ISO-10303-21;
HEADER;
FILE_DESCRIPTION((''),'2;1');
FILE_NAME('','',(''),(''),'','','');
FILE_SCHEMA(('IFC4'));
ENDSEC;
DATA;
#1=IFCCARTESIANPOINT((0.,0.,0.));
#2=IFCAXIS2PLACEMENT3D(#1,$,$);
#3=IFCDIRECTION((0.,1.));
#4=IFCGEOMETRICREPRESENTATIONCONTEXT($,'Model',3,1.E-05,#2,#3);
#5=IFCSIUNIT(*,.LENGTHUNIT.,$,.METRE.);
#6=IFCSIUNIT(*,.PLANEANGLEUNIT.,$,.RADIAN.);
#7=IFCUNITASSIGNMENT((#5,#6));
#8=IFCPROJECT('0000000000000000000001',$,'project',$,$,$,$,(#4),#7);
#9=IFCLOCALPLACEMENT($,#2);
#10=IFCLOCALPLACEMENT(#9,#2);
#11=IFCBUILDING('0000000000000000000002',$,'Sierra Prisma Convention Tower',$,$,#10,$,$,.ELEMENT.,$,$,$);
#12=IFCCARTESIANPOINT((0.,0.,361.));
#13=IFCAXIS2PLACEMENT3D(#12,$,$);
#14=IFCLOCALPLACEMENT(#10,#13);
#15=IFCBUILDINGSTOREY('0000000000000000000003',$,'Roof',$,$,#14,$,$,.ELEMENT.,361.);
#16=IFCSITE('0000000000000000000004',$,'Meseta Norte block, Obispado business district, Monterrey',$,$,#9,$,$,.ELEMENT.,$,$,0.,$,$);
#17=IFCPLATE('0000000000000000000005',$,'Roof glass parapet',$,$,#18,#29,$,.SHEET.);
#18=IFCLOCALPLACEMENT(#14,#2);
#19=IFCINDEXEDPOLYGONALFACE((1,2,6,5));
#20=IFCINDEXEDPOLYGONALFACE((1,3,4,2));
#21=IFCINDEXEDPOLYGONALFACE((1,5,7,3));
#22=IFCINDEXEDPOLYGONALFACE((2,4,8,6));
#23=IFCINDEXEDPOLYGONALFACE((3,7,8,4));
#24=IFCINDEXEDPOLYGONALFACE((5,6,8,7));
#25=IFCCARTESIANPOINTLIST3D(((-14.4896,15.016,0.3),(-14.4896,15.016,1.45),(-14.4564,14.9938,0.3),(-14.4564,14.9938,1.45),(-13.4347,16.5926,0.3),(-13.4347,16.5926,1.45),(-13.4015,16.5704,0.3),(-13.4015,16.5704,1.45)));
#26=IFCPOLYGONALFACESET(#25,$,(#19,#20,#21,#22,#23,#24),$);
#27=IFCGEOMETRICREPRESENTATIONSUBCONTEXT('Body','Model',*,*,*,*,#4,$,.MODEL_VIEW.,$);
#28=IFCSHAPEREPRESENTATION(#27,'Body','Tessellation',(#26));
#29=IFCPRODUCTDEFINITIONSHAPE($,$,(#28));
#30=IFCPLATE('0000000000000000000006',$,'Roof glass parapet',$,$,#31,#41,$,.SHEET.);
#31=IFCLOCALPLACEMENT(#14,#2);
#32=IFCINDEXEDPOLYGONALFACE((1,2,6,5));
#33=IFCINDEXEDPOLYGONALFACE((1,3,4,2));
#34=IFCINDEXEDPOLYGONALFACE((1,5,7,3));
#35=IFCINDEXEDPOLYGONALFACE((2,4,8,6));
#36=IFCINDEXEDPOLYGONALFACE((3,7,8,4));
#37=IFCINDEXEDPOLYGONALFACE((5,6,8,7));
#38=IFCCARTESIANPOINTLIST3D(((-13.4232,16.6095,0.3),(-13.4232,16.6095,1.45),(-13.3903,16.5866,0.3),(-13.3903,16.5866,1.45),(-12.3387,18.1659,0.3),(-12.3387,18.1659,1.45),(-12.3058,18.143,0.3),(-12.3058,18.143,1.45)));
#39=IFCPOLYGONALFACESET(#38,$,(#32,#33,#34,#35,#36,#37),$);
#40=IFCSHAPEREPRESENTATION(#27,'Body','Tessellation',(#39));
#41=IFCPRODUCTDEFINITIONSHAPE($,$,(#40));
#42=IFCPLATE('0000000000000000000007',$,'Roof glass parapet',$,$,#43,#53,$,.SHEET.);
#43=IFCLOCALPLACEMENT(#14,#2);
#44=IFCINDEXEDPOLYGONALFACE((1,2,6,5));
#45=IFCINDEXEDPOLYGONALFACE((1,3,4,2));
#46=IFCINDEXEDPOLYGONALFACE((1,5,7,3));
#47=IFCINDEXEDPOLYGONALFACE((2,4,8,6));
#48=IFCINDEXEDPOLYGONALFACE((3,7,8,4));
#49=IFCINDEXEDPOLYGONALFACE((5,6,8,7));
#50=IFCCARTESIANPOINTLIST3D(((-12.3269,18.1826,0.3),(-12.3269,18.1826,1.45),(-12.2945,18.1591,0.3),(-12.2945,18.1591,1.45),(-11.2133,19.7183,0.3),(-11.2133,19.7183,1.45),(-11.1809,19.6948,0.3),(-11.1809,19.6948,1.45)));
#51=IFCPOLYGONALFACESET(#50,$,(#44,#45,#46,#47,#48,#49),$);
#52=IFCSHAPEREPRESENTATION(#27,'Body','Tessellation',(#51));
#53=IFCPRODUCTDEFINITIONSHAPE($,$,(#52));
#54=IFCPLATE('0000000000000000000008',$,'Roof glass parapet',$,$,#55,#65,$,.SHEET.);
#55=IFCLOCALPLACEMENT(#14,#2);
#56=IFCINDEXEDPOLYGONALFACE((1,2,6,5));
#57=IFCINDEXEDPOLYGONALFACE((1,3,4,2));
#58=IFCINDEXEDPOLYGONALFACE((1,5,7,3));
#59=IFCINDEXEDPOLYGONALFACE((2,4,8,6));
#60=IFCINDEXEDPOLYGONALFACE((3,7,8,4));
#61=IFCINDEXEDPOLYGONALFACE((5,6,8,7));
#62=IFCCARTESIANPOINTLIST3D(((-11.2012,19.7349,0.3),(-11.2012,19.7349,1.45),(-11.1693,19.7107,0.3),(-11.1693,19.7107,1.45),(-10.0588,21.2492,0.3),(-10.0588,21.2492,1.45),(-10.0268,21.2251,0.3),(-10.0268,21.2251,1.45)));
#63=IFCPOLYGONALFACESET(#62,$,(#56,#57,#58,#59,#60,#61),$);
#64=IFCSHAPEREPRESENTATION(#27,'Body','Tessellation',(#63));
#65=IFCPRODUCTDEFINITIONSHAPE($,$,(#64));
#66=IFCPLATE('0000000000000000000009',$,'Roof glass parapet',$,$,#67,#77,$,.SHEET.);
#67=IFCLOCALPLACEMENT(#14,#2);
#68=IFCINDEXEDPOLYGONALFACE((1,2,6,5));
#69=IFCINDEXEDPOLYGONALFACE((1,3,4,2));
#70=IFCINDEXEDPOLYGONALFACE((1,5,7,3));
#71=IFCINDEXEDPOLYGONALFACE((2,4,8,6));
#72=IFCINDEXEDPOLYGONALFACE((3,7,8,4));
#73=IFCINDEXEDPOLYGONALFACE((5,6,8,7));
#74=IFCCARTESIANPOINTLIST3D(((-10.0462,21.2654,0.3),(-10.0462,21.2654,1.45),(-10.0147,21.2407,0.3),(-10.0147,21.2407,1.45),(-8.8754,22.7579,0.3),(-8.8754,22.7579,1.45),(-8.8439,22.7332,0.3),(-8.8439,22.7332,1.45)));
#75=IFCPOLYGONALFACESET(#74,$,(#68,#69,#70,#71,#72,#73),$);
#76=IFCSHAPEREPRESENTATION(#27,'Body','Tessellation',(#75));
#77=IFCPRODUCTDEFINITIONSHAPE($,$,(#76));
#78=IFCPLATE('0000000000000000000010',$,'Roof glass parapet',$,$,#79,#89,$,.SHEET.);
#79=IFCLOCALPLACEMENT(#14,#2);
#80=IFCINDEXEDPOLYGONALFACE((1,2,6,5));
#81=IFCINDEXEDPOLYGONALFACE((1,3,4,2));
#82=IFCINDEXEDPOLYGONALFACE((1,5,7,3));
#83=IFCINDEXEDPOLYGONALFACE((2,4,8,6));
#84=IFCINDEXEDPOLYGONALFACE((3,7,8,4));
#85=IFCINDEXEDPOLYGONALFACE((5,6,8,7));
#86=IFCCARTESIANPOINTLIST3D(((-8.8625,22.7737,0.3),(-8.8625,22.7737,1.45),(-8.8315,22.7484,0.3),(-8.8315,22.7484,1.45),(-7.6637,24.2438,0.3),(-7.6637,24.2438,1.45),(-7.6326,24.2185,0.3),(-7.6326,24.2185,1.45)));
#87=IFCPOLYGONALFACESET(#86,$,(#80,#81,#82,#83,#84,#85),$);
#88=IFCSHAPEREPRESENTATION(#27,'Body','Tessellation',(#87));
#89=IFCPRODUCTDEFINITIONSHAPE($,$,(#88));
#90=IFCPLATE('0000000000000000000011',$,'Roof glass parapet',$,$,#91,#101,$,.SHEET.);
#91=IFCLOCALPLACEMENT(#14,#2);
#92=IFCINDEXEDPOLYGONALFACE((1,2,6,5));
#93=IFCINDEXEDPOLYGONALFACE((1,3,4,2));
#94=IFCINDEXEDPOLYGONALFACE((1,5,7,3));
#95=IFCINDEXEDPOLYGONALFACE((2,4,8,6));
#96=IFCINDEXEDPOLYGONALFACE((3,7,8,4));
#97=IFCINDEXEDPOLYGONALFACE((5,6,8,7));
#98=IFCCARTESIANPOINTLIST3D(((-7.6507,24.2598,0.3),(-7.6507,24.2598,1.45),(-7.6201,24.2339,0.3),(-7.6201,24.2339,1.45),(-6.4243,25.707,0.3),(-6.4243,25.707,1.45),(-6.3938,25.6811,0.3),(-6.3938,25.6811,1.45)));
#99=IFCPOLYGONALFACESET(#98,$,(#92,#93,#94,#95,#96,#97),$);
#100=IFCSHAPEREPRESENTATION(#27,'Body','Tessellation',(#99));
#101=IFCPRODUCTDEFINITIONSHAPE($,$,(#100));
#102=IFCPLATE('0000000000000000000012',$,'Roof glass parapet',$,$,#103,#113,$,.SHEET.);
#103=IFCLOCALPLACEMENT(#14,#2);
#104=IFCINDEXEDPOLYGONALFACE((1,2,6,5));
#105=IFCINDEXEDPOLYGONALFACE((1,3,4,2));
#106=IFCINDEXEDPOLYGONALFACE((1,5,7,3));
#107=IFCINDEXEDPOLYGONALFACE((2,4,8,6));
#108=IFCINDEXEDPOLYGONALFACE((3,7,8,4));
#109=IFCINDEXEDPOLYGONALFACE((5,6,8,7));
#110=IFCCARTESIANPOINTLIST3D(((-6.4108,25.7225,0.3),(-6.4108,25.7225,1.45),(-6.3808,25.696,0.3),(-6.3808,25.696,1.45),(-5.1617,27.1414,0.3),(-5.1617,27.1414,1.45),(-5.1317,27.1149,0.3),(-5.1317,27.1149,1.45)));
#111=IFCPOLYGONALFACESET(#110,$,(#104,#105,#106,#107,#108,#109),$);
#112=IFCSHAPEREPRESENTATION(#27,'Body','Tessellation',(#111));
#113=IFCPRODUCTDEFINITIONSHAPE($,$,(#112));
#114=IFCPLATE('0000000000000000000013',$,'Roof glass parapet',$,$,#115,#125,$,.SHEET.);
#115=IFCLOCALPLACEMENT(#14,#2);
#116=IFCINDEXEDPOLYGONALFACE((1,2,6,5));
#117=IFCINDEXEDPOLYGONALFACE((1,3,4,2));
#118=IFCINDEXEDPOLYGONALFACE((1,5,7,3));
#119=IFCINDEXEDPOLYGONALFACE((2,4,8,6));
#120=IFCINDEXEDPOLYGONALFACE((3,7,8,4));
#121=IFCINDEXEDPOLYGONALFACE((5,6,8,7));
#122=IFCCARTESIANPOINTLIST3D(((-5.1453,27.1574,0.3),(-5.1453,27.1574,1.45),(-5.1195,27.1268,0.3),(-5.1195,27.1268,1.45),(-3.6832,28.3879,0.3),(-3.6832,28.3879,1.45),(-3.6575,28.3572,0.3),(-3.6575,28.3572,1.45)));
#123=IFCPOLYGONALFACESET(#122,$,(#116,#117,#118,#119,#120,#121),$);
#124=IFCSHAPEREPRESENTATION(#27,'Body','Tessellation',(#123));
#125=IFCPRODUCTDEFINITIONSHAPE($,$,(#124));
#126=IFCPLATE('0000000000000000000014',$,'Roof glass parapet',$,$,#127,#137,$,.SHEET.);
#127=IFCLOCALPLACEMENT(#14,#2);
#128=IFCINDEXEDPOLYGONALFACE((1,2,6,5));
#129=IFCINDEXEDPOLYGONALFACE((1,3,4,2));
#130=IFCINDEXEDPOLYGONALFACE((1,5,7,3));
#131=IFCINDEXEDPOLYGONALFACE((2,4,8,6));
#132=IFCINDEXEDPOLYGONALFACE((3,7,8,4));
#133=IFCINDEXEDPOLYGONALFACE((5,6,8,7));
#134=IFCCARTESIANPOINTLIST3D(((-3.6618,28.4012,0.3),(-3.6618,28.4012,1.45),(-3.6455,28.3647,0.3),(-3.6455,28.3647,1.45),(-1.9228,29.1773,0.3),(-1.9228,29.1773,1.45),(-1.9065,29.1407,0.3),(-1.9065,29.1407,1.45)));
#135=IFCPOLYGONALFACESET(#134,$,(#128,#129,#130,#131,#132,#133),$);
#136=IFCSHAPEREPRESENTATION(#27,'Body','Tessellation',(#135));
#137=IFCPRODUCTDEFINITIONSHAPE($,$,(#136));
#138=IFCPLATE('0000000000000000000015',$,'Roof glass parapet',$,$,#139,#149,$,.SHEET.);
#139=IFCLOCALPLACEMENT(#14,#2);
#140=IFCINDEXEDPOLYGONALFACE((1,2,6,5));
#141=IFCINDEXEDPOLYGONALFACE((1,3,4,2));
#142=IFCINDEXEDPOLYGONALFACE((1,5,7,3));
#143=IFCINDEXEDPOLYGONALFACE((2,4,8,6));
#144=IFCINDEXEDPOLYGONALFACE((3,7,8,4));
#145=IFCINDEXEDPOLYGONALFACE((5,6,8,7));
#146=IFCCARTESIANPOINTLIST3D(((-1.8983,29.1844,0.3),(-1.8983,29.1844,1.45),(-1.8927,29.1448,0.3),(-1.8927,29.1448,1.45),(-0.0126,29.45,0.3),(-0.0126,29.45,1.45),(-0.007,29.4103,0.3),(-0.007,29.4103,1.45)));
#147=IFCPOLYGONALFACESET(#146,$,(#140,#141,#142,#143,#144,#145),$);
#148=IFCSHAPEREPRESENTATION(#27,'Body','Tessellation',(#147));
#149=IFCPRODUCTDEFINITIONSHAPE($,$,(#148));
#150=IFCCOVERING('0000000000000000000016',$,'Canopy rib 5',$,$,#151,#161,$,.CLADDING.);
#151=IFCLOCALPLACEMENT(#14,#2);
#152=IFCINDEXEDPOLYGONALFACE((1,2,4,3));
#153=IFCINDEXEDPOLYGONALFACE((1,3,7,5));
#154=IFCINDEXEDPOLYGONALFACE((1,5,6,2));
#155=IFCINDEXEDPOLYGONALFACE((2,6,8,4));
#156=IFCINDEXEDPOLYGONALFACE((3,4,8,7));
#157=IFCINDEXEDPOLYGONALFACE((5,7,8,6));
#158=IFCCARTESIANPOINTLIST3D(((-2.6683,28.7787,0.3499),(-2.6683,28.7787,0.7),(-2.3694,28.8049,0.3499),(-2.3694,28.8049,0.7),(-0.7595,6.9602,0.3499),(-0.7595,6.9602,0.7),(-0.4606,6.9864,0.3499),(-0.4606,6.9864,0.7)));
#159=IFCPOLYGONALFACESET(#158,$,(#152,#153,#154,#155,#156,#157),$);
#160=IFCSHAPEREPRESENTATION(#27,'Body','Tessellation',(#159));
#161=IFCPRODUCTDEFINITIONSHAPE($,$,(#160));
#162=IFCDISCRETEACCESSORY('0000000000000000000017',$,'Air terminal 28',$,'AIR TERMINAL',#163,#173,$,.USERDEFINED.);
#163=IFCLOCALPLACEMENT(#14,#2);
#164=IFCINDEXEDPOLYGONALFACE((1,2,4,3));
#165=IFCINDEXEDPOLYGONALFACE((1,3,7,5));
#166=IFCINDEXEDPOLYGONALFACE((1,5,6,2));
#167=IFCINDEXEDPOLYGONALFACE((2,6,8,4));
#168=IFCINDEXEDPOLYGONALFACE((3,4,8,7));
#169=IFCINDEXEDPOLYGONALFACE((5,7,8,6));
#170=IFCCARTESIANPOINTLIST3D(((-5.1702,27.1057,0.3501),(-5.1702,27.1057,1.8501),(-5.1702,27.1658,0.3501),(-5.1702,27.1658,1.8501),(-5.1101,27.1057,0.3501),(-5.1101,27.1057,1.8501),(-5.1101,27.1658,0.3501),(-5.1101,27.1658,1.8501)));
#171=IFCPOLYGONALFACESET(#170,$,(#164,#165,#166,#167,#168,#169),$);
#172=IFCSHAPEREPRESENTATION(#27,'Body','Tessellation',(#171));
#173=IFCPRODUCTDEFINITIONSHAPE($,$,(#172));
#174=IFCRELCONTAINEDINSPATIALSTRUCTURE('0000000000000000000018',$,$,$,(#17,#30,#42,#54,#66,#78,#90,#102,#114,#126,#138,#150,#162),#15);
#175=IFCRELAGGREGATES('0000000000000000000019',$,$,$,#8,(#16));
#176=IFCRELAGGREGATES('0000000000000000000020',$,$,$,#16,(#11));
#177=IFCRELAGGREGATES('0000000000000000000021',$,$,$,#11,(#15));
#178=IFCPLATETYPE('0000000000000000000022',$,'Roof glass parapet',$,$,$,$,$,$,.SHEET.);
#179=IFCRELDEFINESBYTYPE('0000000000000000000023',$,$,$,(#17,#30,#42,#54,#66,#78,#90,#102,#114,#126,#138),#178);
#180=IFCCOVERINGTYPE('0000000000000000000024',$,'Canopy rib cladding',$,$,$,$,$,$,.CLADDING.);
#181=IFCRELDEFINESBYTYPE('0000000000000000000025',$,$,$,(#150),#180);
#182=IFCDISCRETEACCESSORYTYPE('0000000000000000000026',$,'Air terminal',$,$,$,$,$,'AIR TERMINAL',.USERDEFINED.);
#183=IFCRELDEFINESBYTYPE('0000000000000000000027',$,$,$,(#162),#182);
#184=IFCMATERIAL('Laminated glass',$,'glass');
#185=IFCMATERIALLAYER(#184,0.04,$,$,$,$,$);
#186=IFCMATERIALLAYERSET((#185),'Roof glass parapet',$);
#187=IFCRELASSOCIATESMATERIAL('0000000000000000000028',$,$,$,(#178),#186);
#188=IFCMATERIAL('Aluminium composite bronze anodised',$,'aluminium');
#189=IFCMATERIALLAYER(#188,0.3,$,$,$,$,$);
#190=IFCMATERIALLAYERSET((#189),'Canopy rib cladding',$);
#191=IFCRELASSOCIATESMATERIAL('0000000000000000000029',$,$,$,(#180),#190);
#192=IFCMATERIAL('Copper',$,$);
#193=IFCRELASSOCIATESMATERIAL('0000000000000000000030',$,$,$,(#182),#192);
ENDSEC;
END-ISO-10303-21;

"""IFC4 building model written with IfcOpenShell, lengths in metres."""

from ifc_helpers import new_model, si_unit, direction, frame, origin, origin_2d, place, context, subcontext, project, spatial, rectangle, extrude, material, layer, layer_set, type_object, element, save


model = new_model("IFC4")

# Units and contexts
model_context = context("Model", 3, precision=1e-05, world=origin(), true_north=direction((0.0, 1.0)))
body_context = subcontext(model_context, "Body", "Model", "MODEL_VIEW")
ifc_project = project(units=[si_unit("LENGTHUNIT", "METRE"), si_unit("PLANEANGLEUNIT", "RADIAN")], contexts=[model_context])

# Site, building, storey
site_placement = place(None, origin())
site = spatial("IfcSite", under=ifc_project, at=site_placement, Name="Meseta Norte block, Obispado business district, Monterrey", CompositionType="ELEMENT", RefElevation=0.0)
building_placement = place(site_placement, origin())
building = spatial("IfcBuilding", under=site, at=building_placement, Name="Sierra Prisma Convention Tower", CompositionType="ELEMENT")
storey_placement = place(building_placement, frame((0.0, 0.0, 361.0)))
storey = spatial("IfcBuildingStorey", under=building, at=storey_placement, Name="Roof", CompositionType="ELEMENT", Elevation=361.0)

# Plates
ifc_material_1 = material(Name="Laminated glass", Category="glass")
ifc_layer_1 = layer(ifc_material_1, 0.04)
ifc_layer_set_1 = layer_set([ifc_layer_1], Name="Roof glass parapet")
plate_type = type_object("IfcPlateType", Name="Roof glass parapet", PredefinedType="SHEET", material=ifc_layer_set_1)
for number, where, z_axis, x_axis, name in (
    (1, (-13.9456, 15.7932, 0.3), (0.0, 0.0, 1.0), (0.556097, 0.831117, 0.0), "Roof glass parapet"),
    (2, (-12.8645, 17.3762, 0.3), (0.0, 0.0, 1.0), (0.571689, 0.82047, 0.0), "Roof glass parapet"),
    (3, (-11.7539, 18.9387, 0.3), (0.0, 0.0, 1.0), (0.587079, 0.80953, 0.0), "Roof glass parapet"),
    (4, (-10.614, 20.48, 0.3), (0.0, 0.0, 1.0), (0.602258, 0.798301, 0.0), "Roof glass parapet"),
    (5, (-9.4451, 21.9993, 0.3), (0.0, 0.0, 1.0), (0.617223, 0.786789, 0.0), "Roof glass parapet"),
    (6, (-8.2476, 23.4961, 0.3), (0.0, 0.0, 1.0), (0.631967, 0.774995, 0.0), "Roof glass parapet"),
    (7, (-7.0222, 24.9705, 0.3), (0.0, 0.0, 1.0), (0.646486, 0.762926, 0.0), "Roof glass parapet"),
):
    element("IfcPlate", number, at=place(storey_placement, frame(where, z_axis=z_axis, x_axis=x_axis)), inside=storey, type_object=plate_type, Name=name, PredefinedType="SHEET", context=body_context, shape_type="SweptSolid", body=[
        extrude(rectangle(XDim=1.897, YDim=0.04, at=origin_2d()), origin(), (0.0, 0.0, 1.0), 1.1499),
    ])
plate_1_placement = place(storey_placement, frame((-5.7712, 26.4187, 0.3), z_axis=(0.0, 0.0, 1.0), x_axis=(0.660775, 0.750584, 0.0)))
element("IfcPlate", 8, at=plate_1_placement, inside=storey, type_object=plate_type, Name="Roof glass parapet", PredefinedType="SHEET", context=body_context, shape_type="SweptSolid", body=[
    extrude(rectangle(XDim=1.8904, YDim=0.04, at=origin_2d()), origin(), (0.0, 0.0, 1.0), 1.1499),
])
plate_2_placement = place(storey_placement, frame((-4.4014, 27.7573, 0.3), z_axis=(0.0, 0.0, 1.0), x_axis=(0.765108, 0.643902, 0.0)))
element("IfcPlate", 9, at=plate_2_placement, inside=storey, type_object=plate_type, Name="Roof glass parapet", PredefinedType="SHEET", context=body_context, shape_type="SweptSolid", body=[
    extrude(rectangle(XDim=1.9109, YDim=0.04, at=origin_2d()), origin(), (0.0, 0.0, 1.0), 1.1499),
])
for number, where, z_axis, x_axis, name in (
    (10, (-2.7842, 28.771, 0.3), (0.0, 0.0, 1.0), (0.91319, 0.407534, 0.0), "Roof glass parapet"),
    (11, (-0.9526, 29.2974, 0.3), (0.0, 0.0, 1.0), (0.990227, 0.139462, 0.0), "Roof glass parapet"),
):
    element("IfcPlate", number, at=place(storey_placement, frame(where, z_axis=z_axis, x_axis=x_axis)), inside=storey, type_object=plate_type, Name=name, PredefinedType="SHEET", context=body_context, shape_type="SweptSolid", body=[
        extrude(rectangle(XDim=1.9043, YDim=0.04, at=origin_2d()), origin(), (0.0, 0.0, 1.0), 1.1499),
    ])

# Covering
ifc_material_2 = material(Name="Aluminium composite bronze anodised", Category="aluminium")
ifc_layer_2 = layer(ifc_material_2, 0.3)
ifc_layer_set_2 = layer_set([ifc_layer_2], Name="Canopy rib cladding")
covering_type = type_object("IfcCoveringType", Name="Canopy rib cladding", PredefinedType="CLADDING", material=ifc_layer_set_2)
covering_placement = place(storey_placement, frame((-1.5645, 17.8826, 0.3499), z_axis=(0.0, 0.0, 1.0), x_axis=(-0.087156, 0.996195, 0.0)))
element("IfcCovering", 12, at=covering_placement, inside=storey, type_object=covering_type, Name="Canopy rib 5", PredefinedType="CLADDING", context=body_context, shape_type="SweptSolid", body=[
    extrude(rectangle(XDim=21.9019, YDim=0.3, at=origin_2d()), origin(), (0.0, 0.0, 1.0), 0.3501),
])

# Discrete accessory
ifc_material_3 = material(Name="Copper")
discrete_accessory_type = type_object("IfcDiscreteAccessoryType", Name="Air terminal", ElementType="AIR TERMINAL", PredefinedType="USERDEFINED", material=ifc_material_3)
discrete_accessory_placement = place(storey_placement, frame((-5.1401, 27.1357, 0.3501), z_axis=(0.0, 0.0, 1.0), x_axis=(1.0, 0.0, 0.0)))
element("IfcDiscreteAccessory", 13, at=discrete_accessory_placement, inside=storey, type_object=discrete_accessory_type, Name="Air terminal 28", ObjectType="AIR TERMINAL", PredefinedType="USERDEFINED", context=body_context, shape_type="SweptSolid", body=[
    extrude(rectangle(XDim=0.0601, YDim=0.0601, at=origin_2d()), origin(), (0.0, 0.0, 1.0), 1.5),
])

save(model, "model.ifc")
